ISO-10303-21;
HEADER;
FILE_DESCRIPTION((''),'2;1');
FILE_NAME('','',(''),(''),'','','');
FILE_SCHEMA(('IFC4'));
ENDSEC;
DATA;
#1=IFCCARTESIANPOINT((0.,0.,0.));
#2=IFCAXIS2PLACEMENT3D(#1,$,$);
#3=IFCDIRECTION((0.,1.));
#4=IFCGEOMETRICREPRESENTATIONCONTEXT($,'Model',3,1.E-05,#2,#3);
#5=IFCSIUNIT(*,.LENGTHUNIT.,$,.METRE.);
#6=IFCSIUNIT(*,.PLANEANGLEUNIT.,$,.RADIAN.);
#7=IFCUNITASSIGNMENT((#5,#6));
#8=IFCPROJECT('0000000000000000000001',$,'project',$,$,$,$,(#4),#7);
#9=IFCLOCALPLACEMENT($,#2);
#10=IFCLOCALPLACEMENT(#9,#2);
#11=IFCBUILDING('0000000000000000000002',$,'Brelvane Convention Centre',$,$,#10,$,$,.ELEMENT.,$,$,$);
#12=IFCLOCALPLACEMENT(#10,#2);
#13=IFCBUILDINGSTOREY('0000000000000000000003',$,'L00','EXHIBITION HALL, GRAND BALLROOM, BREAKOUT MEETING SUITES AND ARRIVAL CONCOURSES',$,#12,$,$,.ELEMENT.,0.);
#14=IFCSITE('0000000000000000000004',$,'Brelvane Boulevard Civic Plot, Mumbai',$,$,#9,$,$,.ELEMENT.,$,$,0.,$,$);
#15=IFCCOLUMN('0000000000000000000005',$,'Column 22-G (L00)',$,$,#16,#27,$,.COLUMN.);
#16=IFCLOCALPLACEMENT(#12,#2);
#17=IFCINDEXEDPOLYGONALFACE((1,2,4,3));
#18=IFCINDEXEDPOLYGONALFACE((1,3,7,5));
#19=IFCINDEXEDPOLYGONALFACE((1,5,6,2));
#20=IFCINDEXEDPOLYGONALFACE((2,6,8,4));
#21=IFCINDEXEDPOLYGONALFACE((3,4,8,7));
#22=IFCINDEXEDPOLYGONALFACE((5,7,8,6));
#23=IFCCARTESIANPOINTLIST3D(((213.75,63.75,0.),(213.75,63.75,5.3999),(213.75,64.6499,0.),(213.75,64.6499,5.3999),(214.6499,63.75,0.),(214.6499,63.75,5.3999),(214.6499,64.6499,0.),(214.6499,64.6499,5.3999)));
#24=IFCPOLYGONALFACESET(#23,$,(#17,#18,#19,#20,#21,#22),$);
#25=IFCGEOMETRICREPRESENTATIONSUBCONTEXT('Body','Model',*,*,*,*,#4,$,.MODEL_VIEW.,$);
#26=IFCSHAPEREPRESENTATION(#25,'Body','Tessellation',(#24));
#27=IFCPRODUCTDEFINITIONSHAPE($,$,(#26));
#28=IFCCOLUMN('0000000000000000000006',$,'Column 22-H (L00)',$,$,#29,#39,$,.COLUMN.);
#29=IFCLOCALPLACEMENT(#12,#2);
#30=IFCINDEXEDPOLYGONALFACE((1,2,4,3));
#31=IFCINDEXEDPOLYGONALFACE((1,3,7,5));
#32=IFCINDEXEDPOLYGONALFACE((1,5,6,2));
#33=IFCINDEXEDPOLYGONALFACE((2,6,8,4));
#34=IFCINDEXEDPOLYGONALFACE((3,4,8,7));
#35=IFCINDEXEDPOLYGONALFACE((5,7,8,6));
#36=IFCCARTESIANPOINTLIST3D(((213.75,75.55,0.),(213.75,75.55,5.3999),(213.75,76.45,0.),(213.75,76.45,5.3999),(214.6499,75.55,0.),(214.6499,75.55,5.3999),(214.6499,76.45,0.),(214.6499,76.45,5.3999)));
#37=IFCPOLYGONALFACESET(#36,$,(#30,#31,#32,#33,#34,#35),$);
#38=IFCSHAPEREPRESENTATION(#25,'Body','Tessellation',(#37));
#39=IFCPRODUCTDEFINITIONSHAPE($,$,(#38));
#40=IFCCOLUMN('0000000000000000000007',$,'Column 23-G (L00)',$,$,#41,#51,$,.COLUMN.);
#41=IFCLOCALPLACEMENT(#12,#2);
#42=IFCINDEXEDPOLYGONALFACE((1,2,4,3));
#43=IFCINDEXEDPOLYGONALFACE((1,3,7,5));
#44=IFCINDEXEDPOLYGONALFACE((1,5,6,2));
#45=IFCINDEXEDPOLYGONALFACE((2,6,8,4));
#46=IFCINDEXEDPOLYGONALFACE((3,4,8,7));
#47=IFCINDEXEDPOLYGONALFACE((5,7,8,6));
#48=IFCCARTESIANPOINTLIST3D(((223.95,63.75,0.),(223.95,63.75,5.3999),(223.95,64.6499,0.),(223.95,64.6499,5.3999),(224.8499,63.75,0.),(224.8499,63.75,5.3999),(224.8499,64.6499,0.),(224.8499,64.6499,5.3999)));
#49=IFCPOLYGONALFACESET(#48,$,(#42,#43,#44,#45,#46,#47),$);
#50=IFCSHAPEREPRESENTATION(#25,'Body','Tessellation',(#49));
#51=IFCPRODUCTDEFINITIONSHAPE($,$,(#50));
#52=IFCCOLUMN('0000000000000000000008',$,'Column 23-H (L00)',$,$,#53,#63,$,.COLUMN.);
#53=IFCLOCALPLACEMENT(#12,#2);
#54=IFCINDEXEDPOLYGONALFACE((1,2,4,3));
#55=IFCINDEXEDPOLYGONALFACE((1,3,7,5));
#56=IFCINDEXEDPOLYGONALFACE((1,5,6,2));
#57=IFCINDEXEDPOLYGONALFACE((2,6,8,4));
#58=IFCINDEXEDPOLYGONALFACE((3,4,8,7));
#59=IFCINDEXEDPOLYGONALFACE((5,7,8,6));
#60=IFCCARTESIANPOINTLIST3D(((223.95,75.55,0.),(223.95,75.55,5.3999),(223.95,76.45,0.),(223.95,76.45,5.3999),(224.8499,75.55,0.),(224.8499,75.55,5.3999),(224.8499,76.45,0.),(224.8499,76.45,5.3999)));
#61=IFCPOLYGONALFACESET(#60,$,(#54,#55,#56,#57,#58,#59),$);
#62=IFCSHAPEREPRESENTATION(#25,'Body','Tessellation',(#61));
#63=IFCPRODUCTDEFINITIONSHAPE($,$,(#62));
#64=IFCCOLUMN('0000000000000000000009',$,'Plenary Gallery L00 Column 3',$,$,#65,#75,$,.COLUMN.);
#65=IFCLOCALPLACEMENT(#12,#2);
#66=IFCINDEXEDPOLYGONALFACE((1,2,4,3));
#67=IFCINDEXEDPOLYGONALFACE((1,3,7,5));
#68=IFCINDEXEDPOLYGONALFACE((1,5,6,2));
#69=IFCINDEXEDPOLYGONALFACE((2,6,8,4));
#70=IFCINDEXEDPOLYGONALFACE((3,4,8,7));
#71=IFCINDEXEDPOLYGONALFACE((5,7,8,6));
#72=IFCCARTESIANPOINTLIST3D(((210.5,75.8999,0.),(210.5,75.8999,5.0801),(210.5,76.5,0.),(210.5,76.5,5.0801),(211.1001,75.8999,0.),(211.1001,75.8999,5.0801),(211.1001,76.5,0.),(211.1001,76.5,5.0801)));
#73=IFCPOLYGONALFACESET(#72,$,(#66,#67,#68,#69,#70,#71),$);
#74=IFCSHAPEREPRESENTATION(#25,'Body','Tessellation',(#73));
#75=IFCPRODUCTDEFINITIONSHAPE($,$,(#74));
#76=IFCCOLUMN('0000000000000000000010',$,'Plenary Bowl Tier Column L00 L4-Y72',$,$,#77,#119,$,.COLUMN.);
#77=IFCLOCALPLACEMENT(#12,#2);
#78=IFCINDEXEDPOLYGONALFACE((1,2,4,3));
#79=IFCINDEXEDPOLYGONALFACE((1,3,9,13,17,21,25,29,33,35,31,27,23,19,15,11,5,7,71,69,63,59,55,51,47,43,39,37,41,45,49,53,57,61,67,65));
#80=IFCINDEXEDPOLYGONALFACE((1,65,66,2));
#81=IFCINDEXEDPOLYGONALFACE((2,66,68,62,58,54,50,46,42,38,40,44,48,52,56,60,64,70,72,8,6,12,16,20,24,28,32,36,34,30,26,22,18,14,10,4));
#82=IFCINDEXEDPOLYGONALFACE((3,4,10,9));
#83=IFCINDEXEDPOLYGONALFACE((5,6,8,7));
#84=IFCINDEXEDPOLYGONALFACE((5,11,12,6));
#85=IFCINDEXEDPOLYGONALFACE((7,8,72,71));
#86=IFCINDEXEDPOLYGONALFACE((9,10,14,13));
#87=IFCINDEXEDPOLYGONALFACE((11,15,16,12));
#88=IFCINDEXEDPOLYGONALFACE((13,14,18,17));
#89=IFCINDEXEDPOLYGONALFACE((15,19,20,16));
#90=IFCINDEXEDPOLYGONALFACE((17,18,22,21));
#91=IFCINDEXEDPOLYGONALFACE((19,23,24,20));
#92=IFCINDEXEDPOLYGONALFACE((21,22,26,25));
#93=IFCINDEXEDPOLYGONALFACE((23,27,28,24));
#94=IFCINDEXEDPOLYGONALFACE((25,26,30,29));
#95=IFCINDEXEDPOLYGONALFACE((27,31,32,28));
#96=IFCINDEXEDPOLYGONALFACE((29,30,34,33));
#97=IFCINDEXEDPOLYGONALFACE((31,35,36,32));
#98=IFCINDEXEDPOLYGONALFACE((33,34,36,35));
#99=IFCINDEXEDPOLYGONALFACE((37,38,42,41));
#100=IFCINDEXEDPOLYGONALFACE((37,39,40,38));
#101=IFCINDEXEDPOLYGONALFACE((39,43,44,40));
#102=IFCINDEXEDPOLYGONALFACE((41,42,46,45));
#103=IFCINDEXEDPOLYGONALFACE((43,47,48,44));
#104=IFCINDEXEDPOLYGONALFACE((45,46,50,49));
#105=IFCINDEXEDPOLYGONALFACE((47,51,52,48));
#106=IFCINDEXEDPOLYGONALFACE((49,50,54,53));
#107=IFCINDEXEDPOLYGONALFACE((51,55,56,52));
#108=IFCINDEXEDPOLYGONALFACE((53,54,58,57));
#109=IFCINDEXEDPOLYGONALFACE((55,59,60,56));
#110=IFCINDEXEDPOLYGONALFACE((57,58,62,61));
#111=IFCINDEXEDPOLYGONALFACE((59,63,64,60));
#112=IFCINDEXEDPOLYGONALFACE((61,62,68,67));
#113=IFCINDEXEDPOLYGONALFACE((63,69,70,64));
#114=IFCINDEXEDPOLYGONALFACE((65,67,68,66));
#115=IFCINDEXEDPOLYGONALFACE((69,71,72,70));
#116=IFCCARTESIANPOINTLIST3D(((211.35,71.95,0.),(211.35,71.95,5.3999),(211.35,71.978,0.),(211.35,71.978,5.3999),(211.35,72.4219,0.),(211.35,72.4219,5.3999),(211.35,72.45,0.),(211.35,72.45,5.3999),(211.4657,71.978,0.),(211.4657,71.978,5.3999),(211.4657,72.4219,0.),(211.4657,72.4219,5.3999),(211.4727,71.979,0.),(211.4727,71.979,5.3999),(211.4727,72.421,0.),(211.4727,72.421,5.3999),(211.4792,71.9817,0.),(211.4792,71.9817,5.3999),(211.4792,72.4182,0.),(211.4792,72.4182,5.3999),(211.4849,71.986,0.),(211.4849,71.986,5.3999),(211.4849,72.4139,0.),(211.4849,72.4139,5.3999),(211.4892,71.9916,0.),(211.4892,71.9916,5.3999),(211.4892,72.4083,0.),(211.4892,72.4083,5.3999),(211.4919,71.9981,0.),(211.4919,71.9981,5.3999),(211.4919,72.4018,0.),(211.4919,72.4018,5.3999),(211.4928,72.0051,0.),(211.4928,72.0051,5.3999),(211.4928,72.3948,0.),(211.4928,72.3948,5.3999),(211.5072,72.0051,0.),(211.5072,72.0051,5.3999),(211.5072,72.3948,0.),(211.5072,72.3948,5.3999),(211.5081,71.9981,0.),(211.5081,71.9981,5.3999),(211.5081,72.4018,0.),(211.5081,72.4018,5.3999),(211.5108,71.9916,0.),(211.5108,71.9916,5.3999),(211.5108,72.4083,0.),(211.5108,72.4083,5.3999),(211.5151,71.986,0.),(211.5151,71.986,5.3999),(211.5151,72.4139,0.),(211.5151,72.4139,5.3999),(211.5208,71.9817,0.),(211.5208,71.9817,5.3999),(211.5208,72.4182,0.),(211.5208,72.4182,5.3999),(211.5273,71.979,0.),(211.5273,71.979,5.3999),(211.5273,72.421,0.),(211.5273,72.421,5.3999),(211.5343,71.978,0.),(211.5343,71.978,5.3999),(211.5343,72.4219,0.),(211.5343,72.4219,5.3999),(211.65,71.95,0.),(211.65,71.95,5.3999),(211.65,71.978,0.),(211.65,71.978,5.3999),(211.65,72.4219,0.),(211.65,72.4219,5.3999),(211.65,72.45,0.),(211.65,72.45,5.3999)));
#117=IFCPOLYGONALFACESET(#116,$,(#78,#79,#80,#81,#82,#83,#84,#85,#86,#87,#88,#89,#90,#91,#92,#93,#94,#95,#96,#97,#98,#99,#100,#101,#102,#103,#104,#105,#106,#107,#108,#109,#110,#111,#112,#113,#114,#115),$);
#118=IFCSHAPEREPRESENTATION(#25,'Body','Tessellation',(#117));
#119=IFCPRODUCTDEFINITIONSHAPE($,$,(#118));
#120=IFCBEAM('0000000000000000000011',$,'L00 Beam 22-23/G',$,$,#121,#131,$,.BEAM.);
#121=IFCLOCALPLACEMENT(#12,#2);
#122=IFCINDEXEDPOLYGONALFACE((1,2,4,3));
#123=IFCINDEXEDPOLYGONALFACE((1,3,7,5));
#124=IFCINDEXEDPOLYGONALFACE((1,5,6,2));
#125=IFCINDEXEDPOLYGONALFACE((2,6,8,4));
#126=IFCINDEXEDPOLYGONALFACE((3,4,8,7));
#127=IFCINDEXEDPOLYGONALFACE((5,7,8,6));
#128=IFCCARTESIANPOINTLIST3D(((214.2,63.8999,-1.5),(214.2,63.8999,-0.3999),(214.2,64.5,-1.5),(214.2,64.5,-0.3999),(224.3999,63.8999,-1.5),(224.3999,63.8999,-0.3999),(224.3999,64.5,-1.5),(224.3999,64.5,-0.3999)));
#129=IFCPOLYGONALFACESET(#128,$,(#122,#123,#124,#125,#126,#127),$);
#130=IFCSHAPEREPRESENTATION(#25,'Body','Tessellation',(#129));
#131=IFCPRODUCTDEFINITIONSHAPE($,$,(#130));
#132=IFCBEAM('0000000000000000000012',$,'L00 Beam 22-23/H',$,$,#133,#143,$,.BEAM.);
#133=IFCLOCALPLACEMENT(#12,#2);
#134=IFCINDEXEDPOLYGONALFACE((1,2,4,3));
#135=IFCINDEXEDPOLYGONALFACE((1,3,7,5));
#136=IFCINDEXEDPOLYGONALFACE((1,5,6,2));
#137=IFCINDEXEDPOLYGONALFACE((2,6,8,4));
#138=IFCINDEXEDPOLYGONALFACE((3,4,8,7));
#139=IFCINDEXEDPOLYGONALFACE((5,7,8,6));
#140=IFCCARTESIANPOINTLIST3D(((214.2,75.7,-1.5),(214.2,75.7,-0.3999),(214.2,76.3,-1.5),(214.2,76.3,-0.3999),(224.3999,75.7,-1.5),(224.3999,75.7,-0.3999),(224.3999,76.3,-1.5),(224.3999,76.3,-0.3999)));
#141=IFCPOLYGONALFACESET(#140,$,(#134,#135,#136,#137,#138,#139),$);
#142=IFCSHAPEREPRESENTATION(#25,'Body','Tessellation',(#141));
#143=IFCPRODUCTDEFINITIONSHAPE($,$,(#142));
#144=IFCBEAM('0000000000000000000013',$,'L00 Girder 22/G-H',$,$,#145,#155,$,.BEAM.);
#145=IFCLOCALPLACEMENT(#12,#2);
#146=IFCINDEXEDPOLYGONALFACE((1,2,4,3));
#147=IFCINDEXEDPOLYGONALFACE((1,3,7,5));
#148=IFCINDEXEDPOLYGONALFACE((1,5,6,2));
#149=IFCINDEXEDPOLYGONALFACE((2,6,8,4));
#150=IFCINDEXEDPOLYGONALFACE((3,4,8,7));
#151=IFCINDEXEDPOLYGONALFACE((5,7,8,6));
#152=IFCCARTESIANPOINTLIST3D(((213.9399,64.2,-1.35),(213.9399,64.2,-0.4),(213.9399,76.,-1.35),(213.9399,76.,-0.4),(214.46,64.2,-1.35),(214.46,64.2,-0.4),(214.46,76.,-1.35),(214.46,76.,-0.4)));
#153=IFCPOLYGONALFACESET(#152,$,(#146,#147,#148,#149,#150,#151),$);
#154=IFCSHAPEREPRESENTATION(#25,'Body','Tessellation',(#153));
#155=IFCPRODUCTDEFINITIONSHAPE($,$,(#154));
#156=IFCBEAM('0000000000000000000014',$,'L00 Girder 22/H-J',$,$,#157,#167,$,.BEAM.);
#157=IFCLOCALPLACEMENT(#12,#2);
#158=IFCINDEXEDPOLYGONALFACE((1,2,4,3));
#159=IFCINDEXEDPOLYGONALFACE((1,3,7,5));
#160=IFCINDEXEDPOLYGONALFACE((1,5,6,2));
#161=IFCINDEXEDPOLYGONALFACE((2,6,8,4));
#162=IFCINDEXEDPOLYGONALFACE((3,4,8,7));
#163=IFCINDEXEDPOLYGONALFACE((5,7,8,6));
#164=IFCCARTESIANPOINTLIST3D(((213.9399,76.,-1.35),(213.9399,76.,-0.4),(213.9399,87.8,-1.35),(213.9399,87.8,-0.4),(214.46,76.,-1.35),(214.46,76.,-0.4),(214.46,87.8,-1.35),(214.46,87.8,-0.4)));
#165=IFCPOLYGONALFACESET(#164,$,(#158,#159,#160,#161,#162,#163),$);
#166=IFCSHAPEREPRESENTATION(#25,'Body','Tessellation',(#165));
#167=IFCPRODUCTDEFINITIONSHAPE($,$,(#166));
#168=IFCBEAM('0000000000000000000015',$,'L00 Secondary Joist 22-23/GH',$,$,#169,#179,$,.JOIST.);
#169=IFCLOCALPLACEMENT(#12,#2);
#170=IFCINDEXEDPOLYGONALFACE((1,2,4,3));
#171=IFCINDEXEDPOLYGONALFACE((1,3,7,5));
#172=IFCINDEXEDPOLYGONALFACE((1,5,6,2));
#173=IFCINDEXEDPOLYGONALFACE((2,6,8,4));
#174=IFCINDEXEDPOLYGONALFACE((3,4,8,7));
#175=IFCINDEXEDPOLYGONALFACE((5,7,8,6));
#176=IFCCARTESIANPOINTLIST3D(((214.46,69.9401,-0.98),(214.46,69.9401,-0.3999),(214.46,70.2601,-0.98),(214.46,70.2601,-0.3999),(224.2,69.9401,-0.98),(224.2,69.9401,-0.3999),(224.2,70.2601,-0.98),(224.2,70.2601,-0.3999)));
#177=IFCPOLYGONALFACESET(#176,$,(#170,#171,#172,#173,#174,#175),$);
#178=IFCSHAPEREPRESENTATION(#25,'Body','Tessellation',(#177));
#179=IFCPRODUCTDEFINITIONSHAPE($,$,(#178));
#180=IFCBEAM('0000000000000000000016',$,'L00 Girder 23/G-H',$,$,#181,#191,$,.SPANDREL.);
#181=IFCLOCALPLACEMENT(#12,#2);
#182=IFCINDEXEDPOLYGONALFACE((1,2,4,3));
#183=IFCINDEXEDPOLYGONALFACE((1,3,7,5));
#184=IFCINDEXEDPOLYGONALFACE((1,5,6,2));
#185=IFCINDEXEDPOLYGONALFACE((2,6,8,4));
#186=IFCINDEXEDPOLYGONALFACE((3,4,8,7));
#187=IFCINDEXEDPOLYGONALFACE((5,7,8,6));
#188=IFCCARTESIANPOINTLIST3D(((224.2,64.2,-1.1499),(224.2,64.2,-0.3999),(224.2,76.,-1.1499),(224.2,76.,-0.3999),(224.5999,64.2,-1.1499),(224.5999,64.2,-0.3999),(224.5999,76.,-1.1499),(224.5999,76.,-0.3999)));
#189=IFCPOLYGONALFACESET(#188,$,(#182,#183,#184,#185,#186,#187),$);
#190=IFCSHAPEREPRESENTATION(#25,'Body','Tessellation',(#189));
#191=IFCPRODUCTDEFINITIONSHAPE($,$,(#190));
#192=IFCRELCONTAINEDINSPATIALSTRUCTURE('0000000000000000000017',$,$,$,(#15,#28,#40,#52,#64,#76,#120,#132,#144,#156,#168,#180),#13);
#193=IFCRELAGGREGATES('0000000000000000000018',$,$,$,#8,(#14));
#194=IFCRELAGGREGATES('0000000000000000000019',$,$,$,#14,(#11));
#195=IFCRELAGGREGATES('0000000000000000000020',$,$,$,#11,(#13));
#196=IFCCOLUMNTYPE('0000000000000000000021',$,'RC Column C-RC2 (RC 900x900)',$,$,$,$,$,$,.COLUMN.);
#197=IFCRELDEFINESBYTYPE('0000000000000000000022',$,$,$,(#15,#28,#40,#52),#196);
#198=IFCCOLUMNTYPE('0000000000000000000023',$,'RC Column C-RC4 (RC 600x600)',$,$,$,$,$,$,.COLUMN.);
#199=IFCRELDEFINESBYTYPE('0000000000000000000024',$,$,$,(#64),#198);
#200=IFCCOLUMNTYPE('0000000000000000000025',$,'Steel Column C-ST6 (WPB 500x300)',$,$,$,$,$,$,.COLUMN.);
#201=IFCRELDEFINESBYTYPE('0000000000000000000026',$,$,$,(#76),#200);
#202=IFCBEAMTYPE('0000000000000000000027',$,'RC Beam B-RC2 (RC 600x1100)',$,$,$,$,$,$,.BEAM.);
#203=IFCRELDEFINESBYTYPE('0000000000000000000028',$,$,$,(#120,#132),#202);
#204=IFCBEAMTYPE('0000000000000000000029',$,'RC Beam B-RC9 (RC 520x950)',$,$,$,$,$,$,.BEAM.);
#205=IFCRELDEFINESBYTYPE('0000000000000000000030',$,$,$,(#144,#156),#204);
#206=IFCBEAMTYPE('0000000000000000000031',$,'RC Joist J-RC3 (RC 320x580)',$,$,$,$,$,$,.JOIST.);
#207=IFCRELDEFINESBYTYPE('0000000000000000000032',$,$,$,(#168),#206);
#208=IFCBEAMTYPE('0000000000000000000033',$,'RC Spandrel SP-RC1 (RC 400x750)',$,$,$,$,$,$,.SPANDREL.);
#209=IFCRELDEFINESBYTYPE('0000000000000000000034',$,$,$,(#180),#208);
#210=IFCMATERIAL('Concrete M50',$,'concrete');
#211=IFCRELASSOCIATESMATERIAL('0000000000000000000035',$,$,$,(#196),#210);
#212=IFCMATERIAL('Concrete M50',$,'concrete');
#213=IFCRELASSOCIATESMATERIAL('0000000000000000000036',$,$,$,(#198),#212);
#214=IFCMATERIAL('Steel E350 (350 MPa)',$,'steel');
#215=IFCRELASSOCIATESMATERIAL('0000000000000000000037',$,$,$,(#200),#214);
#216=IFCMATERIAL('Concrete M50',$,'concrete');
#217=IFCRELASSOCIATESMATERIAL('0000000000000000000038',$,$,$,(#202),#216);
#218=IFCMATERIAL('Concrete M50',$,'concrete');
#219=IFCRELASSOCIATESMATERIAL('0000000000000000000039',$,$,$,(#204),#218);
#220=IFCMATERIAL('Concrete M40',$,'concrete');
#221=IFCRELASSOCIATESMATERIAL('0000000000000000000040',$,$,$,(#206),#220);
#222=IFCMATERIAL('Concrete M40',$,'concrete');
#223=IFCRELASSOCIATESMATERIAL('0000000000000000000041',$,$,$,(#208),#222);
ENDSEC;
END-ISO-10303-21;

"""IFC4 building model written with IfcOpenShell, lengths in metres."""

from ifc_helpers import new_model, si_unit, direction, frame, origin, origin_2d, place, context, subcontext, project, spatial, rectangle, i_section, extrude, material, material_profile, profile_set, type_object, element, save


model = new_model("IFC4")

# Units and contexts
model_context = context("Model", 3, precision=1e-05, world=origin(), true_north=direction((0.0, 1.0)))
body_context = subcontext(model_context, "Body", "Model", "MODEL_VIEW")
ifc_project = project(units=[si_unit("LENGTHUNIT", "METRE"), si_unit("PLANEANGLEUNIT", "RADIAN")], contexts=[model_context])

# Site, building, storey
site_placement = place(None, origin())
site = spatial("IfcSite", under=ifc_project, at=site_placement, Name="Brelvane Boulevard Civic Plot, Mumbai", CompositionType="ELEMENT", RefElevation=0.0)
building_placement = place(site_placement, origin())
building = spatial("IfcBuilding", under=site, at=building_placement, Name="Brelvane Convention Centre", CompositionType="ELEMENT")
storey_placement = place(building_placement, origin())
storey = spatial("IfcBuildingStorey", under=building, at=storey_placement, Name="L00", Description="EXHIBITION HALL, GRAND BALLROOM, BREAKOUT MEETING SUITES AND ARRIVAL CONCOURSES", CompositionType="ELEMENT", Elevation=0.0)

# Columns
ifc_material_1 = material(Name="Concrete M50", Category="concrete")
ifc_material_profile_1 = material_profile(ifc_material_1, rectangle(XDim=0.8999, YDim=0.8999, at=origin_2d()), Name="RC 900x900")
ifc_profile_set_1 = profile_set([ifc_material_profile_1], Name="Concrete M50")
column_type_1 = type_object("IfcColumnType", Name="RC Column C-RC2 (RC 900x900)", PredefinedType="COLUMN", material=ifc_profile_set_1)
for number, where, z_axis, x_axis, name in (
    (1, (214.2, 64.2, 0.0), (0.0, 0.0, 1.0), (1.0, 0.0, 0.0), "Column 22-G (L00)"),
    (2, (214.2, 76.0, 0.0), (0.0, 0.0, 1.0), (1.0, 0.0, 0.0), "Column 22-H (L00)"),
    (3, (224.3999, 64.2, 0.0), (0.0, 0.0, 1.0), (1.0, 0.0, 0.0), "Column 23-G (L00)"),
    (4, (224.3999, 76.0, 0.0), (0.0, 0.0, 1.0), (1.0, 0.0, 0.0), "Column 23-H (L00)"),
):
    element("IfcColumn", number, at=place(storey_placement, frame(where, z_axis=z_axis, x_axis=x_axis)), inside=storey, type_object=column_type_1, Name=name, PredefinedType="COLUMN", context=body_context, shape_type="SweptSolid", body=[
        extrude(rectangle(XDim=0.8999, YDim=0.8999, at=origin_2d()), origin(), (0.0, 0.0, 1.0), 5.3999),
    ])
ifc_material_2 = material(Name="Concrete M50", Category="concrete")
ifc_material_profile_2 = material_profile(ifc_material_2, rectangle(XDim=0.6001, YDim=0.6001, at=origin_2d()), Name="RC 600x600")
ifc_profile_set_2 = profile_set([ifc_material_profile_2], Name="Concrete M50")
column_type_2 = type_object("IfcColumnType", Name="RC Column C-RC4 (RC 600x600)", PredefinedType="COLUMN", material=ifc_profile_set_2)
column_1_placement = place(storey_placement, frame((210.8, 76.2, 0.0), z_axis=(0.0, 0.0, 1.0), x_axis=(1.0, 0.0, 0.0)))
element("IfcColumn", 5, at=column_1_placement, inside=storey, type_object=column_type_2, Name="Plenary Gallery L00 Column 3", PredefinedType="COLUMN", context=body_context, shape_type="SweptSolid", body=[
    extrude(rectangle(XDim=0.6001, YDim=0.6001, at=origin_2d()), origin(), (0.0, 0.0, 1.0), 5.0801),
])
ifc_material_3 = material(Name="Steel E350 (350 MPa)", Category="steel")
ifc_material_profile_3 = material_profile(ifc_material_3, i_section(OverallWidth=0.3, OverallDepth=0.5, WebThickness=0.0144, FlangeThickness=0.0281, FilletRadius=0.0271, at=origin_2d()), Name="WPB 500x300")
ifc_profile_set_3 = profile_set([ifc_material_profile_3], Name="Steel E350 (350 MPa)")
column_type_3 = type_object("IfcColumnType", Name="Steel Column C-ST6 (WPB 500x300)", PredefinedType="COLUMN", material=ifc_profile_set_3)
column_2_placement = place(storey_placement, frame((211.5, 72.2, 0.0), z_axis=(0.0, 0.0, 1.0), x_axis=(1.0, 0.0, 0.0)))
element("IfcColumn", 6, at=column_2_placement, inside=storey, type_object=column_type_3, Name="Plenary Bowl Tier Column L00 L4-Y72", PredefinedType="COLUMN", context=body_context, shape_type="SweptSolid", body=[
    extrude(i_section(OverallWidth=0.3, OverallDepth=0.5, WebThickness=0.0144, FlangeThickness=0.0281, FilletRadius=0.0271, at=origin_2d()), origin(), (0.0, 0.0, 1.0), 5.3999),
])

# Beams
ifc_material_4 = material(Name="Concrete M50", Category="concrete")
ifc_material_profile_4 = material_profile(ifc_material_4, rectangle(XDim=0.6001, YDim=1.1001, at=origin_2d()), Name="RC 600x1100")
ifc_profile_set_4 = profile_set([ifc_material_profile_4], Name="Concrete M50")
beam_type_1 = type_object("IfcBeamType", Name="RC Beam B-RC2 (RC 600x1100)", PredefinedType="BEAM", material=ifc_profile_set_4)
for number, where, z_axis, x_axis, name in (
    (7, (214.2, 64.2, -0.95), (1.0, 0.0, 0.0), (0.0, 1.0, 0.0), "L00 Beam 22-23/G"),
    (8, (214.2, 76.0, -0.95), (1.0, 0.0, 0.0), (0.0, 1.0, 0.0), "L00 Beam 22-23/H"),
):
    element("IfcBeam", number, at=place(storey_placement, frame(where, z_axis=z_axis, x_axis=x_axis)), inside=storey, type_object=beam_type_1, Name=name, PredefinedType="BEAM", context=body_context, shape_type="SweptSolid", body=[
        extrude(rectangle(XDim=0.6001, YDim=1.1001, at=origin_2d()), origin(), (0.0, 0.0, 1.0), 10.2),
    ])
ifc_material_5 = material(Name="Concrete M50", Category="concrete")
ifc_material_profile_5 = material_profile(ifc_material_5, rectangle(XDim=0.52, YDim=0.95, at=origin_2d()), Name="RC 520x950")
ifc_profile_set_5 = profile_set([ifc_material_profile_5], Name="Concrete M50")
beam_type_2 = type_object("IfcBeamType", Name="RC Beam B-RC9 (RC 520x950)", PredefinedType="BEAM", material=ifc_profile_set_5)
for number, where, z_axis, x_axis, name in (
    (9, (214.2, 64.2, -0.875), (0.0, 1.0, 0.0), (-1.0, 0.0, 0.0), "L00 Girder 22/G-H"),
    (10, (214.2, 76.0, -0.875), (0.0, 1.0, 0.0), (-1.0, 0.0, 0.0), "L00 Girder 22/H-J"),
):
    element("IfcBeam", number, at=place(storey_placement, frame(where, z_axis=z_axis, x_axis=x_axis)), inside=storey, type_object=beam_type_2, Name=name, PredefinedType="BEAM", context=body_context, shape_type="SweptSolid", body=[
        extrude(rectangle(XDim=0.52, YDim=0.95, at=origin_2d()), origin(), (0.0, 0.0, 1.0), 11.8),
    ])
ifc_material_6 = material(Name="Concrete M40", Category="concrete")
ifc_material_profile_6 = material_profile(ifc_material_6, rectangle(XDim=0.3201, YDim=0.5801, at=origin_2d()), Name="RC 320x580")
ifc_profile_set_6 = profile_set([ifc_material_profile_6], Name="Concrete M40")
beam_type_3 = type_object("IfcBeamType", Name="RC Joist J-RC3 (RC 320x580)", PredefinedType="JOIST", material=ifc_profile_set_6)
beam_placement = place(storey_placement, frame((214.46, 70.1001, -0.6899), z_axis=(1.0, 0.0, 0.0), x_axis=(0.0, 1.0, 0.0)))
element("IfcBeam", 11, at=beam_placement, inside=storey, type_object=beam_type_3, Name="L00 Secondary Joist 22-23/GH", PredefinedType="JOIST", context=body_context, shape_type="SweptSolid", body=[
    extrude(rectangle(XDim=0.3201, YDim=0.5801, at=origin_2d()), origin(), (0.0, 0.0, 1.0), 9.74),
])
ifc_material_7 = material(Name="Concrete M40", Category="concrete")
ifc_material_profile_7 = material_profile(ifc_material_7, rectangle(XDim=0.3999, YDim=0.75, at=origin_2d()), Name="RC 400x750")
ifc_profile_set_7 = profile_set([ifc_material_profile_7], Name="Concrete M40")
beam_type_4 = type_object("IfcBeamType", Name="RC Spandrel SP-RC1 (RC 400x750)", PredefinedType="SPANDREL", material=ifc_profile_set_7)
for number, where, z_axis, x_axis, name in (
    (12, (224.3999, 64.2, -0.7749), (0.0, 1.0, 0.0), (-1.0, 0.0, 0.0), "L00 Girder 23/G-H"),
):
    element("IfcBeam", number, at=place(storey_placement, frame(where, z_axis=z_axis, x_axis=x_axis)), inside=storey, type_object=beam_type_4, Name=name, PredefinedType="SPANDREL", context=body_context, shape_type="SweptSolid", body=[
        extrude(rectangle(XDim=0.3999, YDim=0.75, at=origin_2d()), origin(), (0.0, 0.0, 1.0), 11.8),
    ])

save(model, "model.ifc")
